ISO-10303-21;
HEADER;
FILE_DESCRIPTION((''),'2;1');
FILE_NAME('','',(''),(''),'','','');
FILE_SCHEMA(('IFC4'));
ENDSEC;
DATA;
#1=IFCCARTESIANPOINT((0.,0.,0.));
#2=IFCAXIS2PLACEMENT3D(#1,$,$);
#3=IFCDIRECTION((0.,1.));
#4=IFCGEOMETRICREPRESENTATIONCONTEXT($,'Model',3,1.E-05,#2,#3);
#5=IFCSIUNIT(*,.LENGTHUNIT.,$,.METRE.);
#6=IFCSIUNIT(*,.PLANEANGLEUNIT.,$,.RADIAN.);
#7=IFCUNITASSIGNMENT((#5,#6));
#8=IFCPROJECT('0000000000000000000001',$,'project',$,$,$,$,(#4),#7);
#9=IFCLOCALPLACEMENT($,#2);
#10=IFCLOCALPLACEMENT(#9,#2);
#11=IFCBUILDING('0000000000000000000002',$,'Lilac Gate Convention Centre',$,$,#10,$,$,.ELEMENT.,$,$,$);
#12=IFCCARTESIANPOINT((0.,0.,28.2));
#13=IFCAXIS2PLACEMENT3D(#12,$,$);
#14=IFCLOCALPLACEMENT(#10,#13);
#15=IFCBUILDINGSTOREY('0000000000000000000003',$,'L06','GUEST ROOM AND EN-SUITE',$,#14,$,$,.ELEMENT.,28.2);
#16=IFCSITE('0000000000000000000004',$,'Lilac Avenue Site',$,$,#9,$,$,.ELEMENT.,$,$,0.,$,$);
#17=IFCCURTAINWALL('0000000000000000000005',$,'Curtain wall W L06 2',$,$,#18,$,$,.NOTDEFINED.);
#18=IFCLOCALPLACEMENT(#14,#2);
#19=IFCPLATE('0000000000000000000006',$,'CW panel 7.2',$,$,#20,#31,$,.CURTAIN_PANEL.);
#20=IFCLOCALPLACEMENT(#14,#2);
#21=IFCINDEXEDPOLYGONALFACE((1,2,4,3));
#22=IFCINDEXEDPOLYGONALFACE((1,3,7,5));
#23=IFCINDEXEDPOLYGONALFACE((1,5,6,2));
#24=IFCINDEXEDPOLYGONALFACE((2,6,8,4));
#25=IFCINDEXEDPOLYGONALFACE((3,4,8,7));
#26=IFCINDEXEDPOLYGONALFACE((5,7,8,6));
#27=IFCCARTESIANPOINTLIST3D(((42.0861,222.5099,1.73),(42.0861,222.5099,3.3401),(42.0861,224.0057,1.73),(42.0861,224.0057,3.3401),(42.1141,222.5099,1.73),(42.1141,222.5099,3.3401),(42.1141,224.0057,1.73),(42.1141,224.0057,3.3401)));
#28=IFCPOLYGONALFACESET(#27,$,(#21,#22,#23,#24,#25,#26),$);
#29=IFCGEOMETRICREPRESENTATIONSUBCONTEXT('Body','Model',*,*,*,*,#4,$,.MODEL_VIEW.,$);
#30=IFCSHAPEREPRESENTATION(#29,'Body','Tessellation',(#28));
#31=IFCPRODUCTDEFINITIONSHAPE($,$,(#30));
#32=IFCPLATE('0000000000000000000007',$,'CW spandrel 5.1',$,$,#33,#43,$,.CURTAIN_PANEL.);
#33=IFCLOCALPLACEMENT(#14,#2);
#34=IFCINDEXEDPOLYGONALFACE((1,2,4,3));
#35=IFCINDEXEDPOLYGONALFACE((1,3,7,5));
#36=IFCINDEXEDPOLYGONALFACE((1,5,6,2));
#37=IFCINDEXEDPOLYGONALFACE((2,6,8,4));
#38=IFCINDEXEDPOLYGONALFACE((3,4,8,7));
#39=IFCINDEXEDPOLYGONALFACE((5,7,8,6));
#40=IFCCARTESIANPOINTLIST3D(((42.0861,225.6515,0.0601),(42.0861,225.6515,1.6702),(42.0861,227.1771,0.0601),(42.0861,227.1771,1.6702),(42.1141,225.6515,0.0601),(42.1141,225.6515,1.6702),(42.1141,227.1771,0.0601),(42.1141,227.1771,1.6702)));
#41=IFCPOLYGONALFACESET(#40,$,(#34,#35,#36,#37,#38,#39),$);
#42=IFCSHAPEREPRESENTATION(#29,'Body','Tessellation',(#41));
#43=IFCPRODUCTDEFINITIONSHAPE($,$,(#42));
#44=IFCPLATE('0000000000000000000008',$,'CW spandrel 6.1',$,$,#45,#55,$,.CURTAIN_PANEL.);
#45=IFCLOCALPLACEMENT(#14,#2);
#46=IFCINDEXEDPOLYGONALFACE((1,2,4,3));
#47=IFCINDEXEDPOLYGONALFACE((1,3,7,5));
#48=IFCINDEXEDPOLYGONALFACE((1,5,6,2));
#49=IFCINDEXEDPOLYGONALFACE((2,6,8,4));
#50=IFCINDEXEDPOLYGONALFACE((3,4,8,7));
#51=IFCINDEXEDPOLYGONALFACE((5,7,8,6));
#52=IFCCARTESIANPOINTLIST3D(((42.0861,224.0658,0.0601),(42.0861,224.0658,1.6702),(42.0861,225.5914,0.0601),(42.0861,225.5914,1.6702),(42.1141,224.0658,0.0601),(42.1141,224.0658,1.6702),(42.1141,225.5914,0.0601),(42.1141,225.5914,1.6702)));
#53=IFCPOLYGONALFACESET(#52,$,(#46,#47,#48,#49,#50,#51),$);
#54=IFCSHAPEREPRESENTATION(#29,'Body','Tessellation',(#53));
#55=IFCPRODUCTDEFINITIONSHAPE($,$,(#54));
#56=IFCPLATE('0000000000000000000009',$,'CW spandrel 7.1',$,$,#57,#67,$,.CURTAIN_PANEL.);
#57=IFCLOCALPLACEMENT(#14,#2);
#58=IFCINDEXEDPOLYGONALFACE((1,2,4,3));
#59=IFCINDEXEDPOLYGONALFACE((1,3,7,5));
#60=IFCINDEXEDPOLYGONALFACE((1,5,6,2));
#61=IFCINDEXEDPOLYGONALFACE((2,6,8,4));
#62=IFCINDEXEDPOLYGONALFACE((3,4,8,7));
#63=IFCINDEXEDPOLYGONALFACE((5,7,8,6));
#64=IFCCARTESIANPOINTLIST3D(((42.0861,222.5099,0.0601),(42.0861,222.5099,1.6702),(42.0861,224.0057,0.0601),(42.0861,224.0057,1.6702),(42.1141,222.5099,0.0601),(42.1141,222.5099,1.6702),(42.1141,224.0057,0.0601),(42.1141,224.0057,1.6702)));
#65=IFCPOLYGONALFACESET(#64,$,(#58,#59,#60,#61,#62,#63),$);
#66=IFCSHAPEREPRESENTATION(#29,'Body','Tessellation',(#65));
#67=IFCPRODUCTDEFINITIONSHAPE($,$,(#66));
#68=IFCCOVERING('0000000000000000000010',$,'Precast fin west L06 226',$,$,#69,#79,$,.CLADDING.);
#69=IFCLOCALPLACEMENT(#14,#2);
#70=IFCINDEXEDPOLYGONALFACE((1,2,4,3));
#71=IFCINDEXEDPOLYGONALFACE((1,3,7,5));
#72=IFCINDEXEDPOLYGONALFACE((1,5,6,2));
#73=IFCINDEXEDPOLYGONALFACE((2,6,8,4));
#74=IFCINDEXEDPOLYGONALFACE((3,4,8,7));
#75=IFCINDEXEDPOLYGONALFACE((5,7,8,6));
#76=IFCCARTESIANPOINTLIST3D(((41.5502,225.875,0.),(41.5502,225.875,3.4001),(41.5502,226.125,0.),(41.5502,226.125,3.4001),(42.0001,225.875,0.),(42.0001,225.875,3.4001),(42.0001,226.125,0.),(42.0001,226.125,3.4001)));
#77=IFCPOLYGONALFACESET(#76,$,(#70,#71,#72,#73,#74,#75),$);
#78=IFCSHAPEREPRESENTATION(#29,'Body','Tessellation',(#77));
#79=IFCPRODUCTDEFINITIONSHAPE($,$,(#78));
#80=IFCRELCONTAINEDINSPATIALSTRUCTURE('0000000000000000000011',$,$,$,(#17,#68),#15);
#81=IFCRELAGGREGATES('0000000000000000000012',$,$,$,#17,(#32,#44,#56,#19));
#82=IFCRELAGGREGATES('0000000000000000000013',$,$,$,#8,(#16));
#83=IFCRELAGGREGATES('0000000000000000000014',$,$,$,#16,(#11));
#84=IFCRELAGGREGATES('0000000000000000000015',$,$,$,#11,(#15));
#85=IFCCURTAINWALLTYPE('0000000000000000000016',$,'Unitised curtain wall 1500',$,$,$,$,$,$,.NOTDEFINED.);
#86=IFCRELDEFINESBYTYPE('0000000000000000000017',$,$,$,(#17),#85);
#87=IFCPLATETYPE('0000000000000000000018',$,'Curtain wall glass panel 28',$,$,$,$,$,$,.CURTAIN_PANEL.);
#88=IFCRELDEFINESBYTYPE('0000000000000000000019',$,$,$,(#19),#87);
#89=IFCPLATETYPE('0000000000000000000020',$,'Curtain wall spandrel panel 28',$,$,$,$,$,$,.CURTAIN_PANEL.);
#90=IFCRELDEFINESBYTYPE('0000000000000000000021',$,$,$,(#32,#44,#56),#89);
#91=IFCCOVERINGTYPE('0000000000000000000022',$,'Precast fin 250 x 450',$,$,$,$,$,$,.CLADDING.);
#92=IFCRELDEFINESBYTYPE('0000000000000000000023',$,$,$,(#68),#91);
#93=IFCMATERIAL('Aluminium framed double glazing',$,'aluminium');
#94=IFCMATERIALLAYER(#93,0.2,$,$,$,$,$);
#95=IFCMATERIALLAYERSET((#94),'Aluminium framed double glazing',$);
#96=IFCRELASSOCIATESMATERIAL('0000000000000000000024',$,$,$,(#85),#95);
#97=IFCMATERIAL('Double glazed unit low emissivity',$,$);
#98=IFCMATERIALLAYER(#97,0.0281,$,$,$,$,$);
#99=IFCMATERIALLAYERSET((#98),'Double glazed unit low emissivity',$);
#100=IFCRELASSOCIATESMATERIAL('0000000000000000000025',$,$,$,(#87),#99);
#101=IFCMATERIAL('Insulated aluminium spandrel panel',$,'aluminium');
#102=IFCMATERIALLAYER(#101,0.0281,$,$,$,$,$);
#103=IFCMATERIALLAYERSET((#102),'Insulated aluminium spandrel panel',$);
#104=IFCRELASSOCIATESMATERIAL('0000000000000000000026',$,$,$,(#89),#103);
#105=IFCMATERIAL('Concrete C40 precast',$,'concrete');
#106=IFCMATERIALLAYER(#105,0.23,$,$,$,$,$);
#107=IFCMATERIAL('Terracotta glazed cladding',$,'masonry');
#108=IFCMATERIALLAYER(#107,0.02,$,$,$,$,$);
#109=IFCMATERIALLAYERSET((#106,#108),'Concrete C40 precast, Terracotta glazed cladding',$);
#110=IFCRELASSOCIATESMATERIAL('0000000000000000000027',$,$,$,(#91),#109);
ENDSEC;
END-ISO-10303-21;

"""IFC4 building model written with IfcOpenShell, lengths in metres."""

from ifc_helpers import new_model, si_unit, direction, frame, frame_2d, origin, origin_2d, place, context, subcontext, project, spatial, rectangle, extrude, material, layer, layer_set, type_object, element, aggregate, save


model = new_model("IFC4")

# Units and contexts
model_context = context("Model", 3, precision=1e-05, world=origin(), true_north=direction((0.0, 1.0)))
body_context = subcontext(model_context, "Body", "Model", "MODEL_VIEW")
ifc_project = project(units=[si_unit("LENGTHUNIT", "METRE"), si_unit("PLANEANGLEUNIT", "RADIAN")], contexts=[model_context])

# Site, building, storey
site_placement = place(None, origin())
site = spatial("IfcSite", under=ifc_project, at=site_placement, Name="Lilac Avenue Site", CompositionType="ELEMENT", RefElevation=0.0)
building_placement = place(site_placement, origin())
building = spatial("IfcBuilding", under=site, at=building_placement, Name="Lilac Gate Convention Centre", CompositionType="ELEMENT")
storey_placement = place(building_placement, frame((0.0, 0.0, 28.2)))
storey = spatial("IfcBuildingStorey", under=building, at=storey_placement, Name="L06", Description="GUEST ROOM AND EN-SUITE", CompositionType="ELEMENT", Elevation=28.2)

# Curtain wall, plates
ifc_material_1 = material(Name="Aluminium framed double glazing", Category="aluminium")
ifc_layer_1 = layer(ifc_material_1, 0.2)
ifc_layer_set_1 = layer_set([ifc_layer_1], Name="Aluminium framed double glazing")
curtain_wall_type = type_object("IfcCurtainWallType", Name="Unitised curtain wall 1500", PredefinedType="NOTDEFINED", material=ifc_layer_set_1)
curtain_wall_placement = place(storey_placement, origin())
curtain_wall = element("IfcCurtainWall", 1, at=curtain_wall_placement, inside=storey, type_object=curtain_wall_type, Name="Curtain wall W L06 2", PredefinedType="NOTDEFINED")
ifc_material_2 = material(Name="Double glazed unit low emissivity")
ifc_layer_2 = layer(ifc_material_2, 0.0281)
ifc_layer_set_2 = layer_set([ifc_layer_2], Name="Double glazed unit low emissivity")
plate_type_1 = type_object("IfcPlateType", Name="Curtain wall glass panel 28", PredefinedType="CURTAIN_PANEL", material=ifc_layer_set_2)
plate_1_placement = place(storey_placement, frame((42.1001, 223.2578, 1.73), z_axis=(0.0, 0.0, 1.0), x_axis=(0.0, -1.0, 0.0)))
plate_1 = element("IfcPlate", 2, at=plate_1_placement, type_object=plate_type_1, Name="CW panel 7.2", PredefinedType="CURTAIN_PANEL", context=body_context, shape_type="SweptSolid", body=[
    extrude(rectangle(XDim=1.4958, YDim=0.0281, at=origin_2d()), origin(), (0.0, 0.0, 1.0), 1.6101),
])
ifc_material_3 = material(Name="Insulated aluminium spandrel panel", Category="aluminium")
ifc_layer_3 = layer(ifc_material_3, 0.0281)
ifc_layer_set_3 = layer_set([ifc_layer_3], Name="Insulated aluminium spandrel panel")
plate_type_2 = type_object("IfcPlateType", Name="Curtain wall spandrel panel 28", PredefinedType="CURTAIN_PANEL", material=ifc_layer_set_3)
plate_2_placement = place(storey_placement, frame((42.1001, 226.4143, 0.0601), z_axis=(0.0, 0.0, 1.0), x_axis=(0.0, -1.0, 0.0)))
plate_2 = element("IfcPlate", 3, at=plate_2_placement, type_object=plate_type_2, Name="CW spandrel 5.1", PredefinedType="CURTAIN_PANEL", context=body_context, shape_type="SweptSolid", body=[
    extrude(rectangle(XDim=1.5256, YDim=0.0281, at=origin_2d()), origin(), (0.0, 0.0, 1.0), 1.6101),
])
plate_3_placement = place(storey_placement, frame((42.1001, 224.8286, 0.0601), z_axis=(0.0, 0.0, 1.0), x_axis=(0.0, -1.0, 0.0)))
plate_3 = element("IfcPlate", 4, at=plate_3_placement, type_object=plate_type_2, Name="CW spandrel 6.1", PredefinedType="CURTAIN_PANEL", context=body_context, shape_type="SweptSolid", body=[
    extrude(rectangle(XDim=1.5256, YDim=0.0281, at=origin_2d()), origin(), (0.0, 0.0, 1.0), 1.6101),
])
plate_4_placement = place(storey_placement, frame((42.1001, 223.2578, 0.0601), z_axis=(0.0, 0.0, 1.0), x_axis=(0.0, -1.0, 0.0)))
plate_4 = element("IfcPlate", 5, at=plate_4_placement, type_object=plate_type_2, Name="CW spandrel 7.1", PredefinedType="CURTAIN_PANEL", context=body_context, shape_type="SweptSolid", body=[
    extrude(rectangle(XDim=1.4958, YDim=0.0281, at=origin_2d()), origin(), (0.0, 0.0, 1.0), 1.6101),
])
aggregate(curtain_wall, [plate_2, plate_3, plate_4, plate_1])

# Covering
ifc_material_4 = material(Name="Concrete C40 precast", Category="concrete")
ifc_layer_4 = layer(ifc_material_4, 0.23)
ifc_material_5 = material(Name="Terracotta glazed cladding", Category="masonry")
ifc_layer_5 = layer(ifc_material_5, 0.02)
ifc_layer_set_4 = layer_set([ifc_layer_4, ifc_layer_5], Name="Concrete C40 precast, Terracotta glazed cladding")
covering_type = type_object("IfcCoveringType", Name="Precast fin 250 x 450", PredefinedType="CLADDING", material=ifc_layer_set_4)
covering_placement = place(storey_placement, frame((41.55, 226.0, 0.0), z_axis=(0.0, 0.0, 1.0), x_axis=(1.0, 0.0, 0.0)))
element("IfcCovering", 6, at=covering_placement, inside=storey, type_object=covering_type, Name="Precast fin west L06 226", PredefinedType="CLADDING", context=body_context, shape_type="SweptSolid", body=[
    extrude(rectangle(XDim=0.45, YDim=0.25, at=frame_2d((0.2251, 0.0))), origin(), (0.0, 0.0, 1.0), 3.4001),
])

save(model, "model.ifc")
